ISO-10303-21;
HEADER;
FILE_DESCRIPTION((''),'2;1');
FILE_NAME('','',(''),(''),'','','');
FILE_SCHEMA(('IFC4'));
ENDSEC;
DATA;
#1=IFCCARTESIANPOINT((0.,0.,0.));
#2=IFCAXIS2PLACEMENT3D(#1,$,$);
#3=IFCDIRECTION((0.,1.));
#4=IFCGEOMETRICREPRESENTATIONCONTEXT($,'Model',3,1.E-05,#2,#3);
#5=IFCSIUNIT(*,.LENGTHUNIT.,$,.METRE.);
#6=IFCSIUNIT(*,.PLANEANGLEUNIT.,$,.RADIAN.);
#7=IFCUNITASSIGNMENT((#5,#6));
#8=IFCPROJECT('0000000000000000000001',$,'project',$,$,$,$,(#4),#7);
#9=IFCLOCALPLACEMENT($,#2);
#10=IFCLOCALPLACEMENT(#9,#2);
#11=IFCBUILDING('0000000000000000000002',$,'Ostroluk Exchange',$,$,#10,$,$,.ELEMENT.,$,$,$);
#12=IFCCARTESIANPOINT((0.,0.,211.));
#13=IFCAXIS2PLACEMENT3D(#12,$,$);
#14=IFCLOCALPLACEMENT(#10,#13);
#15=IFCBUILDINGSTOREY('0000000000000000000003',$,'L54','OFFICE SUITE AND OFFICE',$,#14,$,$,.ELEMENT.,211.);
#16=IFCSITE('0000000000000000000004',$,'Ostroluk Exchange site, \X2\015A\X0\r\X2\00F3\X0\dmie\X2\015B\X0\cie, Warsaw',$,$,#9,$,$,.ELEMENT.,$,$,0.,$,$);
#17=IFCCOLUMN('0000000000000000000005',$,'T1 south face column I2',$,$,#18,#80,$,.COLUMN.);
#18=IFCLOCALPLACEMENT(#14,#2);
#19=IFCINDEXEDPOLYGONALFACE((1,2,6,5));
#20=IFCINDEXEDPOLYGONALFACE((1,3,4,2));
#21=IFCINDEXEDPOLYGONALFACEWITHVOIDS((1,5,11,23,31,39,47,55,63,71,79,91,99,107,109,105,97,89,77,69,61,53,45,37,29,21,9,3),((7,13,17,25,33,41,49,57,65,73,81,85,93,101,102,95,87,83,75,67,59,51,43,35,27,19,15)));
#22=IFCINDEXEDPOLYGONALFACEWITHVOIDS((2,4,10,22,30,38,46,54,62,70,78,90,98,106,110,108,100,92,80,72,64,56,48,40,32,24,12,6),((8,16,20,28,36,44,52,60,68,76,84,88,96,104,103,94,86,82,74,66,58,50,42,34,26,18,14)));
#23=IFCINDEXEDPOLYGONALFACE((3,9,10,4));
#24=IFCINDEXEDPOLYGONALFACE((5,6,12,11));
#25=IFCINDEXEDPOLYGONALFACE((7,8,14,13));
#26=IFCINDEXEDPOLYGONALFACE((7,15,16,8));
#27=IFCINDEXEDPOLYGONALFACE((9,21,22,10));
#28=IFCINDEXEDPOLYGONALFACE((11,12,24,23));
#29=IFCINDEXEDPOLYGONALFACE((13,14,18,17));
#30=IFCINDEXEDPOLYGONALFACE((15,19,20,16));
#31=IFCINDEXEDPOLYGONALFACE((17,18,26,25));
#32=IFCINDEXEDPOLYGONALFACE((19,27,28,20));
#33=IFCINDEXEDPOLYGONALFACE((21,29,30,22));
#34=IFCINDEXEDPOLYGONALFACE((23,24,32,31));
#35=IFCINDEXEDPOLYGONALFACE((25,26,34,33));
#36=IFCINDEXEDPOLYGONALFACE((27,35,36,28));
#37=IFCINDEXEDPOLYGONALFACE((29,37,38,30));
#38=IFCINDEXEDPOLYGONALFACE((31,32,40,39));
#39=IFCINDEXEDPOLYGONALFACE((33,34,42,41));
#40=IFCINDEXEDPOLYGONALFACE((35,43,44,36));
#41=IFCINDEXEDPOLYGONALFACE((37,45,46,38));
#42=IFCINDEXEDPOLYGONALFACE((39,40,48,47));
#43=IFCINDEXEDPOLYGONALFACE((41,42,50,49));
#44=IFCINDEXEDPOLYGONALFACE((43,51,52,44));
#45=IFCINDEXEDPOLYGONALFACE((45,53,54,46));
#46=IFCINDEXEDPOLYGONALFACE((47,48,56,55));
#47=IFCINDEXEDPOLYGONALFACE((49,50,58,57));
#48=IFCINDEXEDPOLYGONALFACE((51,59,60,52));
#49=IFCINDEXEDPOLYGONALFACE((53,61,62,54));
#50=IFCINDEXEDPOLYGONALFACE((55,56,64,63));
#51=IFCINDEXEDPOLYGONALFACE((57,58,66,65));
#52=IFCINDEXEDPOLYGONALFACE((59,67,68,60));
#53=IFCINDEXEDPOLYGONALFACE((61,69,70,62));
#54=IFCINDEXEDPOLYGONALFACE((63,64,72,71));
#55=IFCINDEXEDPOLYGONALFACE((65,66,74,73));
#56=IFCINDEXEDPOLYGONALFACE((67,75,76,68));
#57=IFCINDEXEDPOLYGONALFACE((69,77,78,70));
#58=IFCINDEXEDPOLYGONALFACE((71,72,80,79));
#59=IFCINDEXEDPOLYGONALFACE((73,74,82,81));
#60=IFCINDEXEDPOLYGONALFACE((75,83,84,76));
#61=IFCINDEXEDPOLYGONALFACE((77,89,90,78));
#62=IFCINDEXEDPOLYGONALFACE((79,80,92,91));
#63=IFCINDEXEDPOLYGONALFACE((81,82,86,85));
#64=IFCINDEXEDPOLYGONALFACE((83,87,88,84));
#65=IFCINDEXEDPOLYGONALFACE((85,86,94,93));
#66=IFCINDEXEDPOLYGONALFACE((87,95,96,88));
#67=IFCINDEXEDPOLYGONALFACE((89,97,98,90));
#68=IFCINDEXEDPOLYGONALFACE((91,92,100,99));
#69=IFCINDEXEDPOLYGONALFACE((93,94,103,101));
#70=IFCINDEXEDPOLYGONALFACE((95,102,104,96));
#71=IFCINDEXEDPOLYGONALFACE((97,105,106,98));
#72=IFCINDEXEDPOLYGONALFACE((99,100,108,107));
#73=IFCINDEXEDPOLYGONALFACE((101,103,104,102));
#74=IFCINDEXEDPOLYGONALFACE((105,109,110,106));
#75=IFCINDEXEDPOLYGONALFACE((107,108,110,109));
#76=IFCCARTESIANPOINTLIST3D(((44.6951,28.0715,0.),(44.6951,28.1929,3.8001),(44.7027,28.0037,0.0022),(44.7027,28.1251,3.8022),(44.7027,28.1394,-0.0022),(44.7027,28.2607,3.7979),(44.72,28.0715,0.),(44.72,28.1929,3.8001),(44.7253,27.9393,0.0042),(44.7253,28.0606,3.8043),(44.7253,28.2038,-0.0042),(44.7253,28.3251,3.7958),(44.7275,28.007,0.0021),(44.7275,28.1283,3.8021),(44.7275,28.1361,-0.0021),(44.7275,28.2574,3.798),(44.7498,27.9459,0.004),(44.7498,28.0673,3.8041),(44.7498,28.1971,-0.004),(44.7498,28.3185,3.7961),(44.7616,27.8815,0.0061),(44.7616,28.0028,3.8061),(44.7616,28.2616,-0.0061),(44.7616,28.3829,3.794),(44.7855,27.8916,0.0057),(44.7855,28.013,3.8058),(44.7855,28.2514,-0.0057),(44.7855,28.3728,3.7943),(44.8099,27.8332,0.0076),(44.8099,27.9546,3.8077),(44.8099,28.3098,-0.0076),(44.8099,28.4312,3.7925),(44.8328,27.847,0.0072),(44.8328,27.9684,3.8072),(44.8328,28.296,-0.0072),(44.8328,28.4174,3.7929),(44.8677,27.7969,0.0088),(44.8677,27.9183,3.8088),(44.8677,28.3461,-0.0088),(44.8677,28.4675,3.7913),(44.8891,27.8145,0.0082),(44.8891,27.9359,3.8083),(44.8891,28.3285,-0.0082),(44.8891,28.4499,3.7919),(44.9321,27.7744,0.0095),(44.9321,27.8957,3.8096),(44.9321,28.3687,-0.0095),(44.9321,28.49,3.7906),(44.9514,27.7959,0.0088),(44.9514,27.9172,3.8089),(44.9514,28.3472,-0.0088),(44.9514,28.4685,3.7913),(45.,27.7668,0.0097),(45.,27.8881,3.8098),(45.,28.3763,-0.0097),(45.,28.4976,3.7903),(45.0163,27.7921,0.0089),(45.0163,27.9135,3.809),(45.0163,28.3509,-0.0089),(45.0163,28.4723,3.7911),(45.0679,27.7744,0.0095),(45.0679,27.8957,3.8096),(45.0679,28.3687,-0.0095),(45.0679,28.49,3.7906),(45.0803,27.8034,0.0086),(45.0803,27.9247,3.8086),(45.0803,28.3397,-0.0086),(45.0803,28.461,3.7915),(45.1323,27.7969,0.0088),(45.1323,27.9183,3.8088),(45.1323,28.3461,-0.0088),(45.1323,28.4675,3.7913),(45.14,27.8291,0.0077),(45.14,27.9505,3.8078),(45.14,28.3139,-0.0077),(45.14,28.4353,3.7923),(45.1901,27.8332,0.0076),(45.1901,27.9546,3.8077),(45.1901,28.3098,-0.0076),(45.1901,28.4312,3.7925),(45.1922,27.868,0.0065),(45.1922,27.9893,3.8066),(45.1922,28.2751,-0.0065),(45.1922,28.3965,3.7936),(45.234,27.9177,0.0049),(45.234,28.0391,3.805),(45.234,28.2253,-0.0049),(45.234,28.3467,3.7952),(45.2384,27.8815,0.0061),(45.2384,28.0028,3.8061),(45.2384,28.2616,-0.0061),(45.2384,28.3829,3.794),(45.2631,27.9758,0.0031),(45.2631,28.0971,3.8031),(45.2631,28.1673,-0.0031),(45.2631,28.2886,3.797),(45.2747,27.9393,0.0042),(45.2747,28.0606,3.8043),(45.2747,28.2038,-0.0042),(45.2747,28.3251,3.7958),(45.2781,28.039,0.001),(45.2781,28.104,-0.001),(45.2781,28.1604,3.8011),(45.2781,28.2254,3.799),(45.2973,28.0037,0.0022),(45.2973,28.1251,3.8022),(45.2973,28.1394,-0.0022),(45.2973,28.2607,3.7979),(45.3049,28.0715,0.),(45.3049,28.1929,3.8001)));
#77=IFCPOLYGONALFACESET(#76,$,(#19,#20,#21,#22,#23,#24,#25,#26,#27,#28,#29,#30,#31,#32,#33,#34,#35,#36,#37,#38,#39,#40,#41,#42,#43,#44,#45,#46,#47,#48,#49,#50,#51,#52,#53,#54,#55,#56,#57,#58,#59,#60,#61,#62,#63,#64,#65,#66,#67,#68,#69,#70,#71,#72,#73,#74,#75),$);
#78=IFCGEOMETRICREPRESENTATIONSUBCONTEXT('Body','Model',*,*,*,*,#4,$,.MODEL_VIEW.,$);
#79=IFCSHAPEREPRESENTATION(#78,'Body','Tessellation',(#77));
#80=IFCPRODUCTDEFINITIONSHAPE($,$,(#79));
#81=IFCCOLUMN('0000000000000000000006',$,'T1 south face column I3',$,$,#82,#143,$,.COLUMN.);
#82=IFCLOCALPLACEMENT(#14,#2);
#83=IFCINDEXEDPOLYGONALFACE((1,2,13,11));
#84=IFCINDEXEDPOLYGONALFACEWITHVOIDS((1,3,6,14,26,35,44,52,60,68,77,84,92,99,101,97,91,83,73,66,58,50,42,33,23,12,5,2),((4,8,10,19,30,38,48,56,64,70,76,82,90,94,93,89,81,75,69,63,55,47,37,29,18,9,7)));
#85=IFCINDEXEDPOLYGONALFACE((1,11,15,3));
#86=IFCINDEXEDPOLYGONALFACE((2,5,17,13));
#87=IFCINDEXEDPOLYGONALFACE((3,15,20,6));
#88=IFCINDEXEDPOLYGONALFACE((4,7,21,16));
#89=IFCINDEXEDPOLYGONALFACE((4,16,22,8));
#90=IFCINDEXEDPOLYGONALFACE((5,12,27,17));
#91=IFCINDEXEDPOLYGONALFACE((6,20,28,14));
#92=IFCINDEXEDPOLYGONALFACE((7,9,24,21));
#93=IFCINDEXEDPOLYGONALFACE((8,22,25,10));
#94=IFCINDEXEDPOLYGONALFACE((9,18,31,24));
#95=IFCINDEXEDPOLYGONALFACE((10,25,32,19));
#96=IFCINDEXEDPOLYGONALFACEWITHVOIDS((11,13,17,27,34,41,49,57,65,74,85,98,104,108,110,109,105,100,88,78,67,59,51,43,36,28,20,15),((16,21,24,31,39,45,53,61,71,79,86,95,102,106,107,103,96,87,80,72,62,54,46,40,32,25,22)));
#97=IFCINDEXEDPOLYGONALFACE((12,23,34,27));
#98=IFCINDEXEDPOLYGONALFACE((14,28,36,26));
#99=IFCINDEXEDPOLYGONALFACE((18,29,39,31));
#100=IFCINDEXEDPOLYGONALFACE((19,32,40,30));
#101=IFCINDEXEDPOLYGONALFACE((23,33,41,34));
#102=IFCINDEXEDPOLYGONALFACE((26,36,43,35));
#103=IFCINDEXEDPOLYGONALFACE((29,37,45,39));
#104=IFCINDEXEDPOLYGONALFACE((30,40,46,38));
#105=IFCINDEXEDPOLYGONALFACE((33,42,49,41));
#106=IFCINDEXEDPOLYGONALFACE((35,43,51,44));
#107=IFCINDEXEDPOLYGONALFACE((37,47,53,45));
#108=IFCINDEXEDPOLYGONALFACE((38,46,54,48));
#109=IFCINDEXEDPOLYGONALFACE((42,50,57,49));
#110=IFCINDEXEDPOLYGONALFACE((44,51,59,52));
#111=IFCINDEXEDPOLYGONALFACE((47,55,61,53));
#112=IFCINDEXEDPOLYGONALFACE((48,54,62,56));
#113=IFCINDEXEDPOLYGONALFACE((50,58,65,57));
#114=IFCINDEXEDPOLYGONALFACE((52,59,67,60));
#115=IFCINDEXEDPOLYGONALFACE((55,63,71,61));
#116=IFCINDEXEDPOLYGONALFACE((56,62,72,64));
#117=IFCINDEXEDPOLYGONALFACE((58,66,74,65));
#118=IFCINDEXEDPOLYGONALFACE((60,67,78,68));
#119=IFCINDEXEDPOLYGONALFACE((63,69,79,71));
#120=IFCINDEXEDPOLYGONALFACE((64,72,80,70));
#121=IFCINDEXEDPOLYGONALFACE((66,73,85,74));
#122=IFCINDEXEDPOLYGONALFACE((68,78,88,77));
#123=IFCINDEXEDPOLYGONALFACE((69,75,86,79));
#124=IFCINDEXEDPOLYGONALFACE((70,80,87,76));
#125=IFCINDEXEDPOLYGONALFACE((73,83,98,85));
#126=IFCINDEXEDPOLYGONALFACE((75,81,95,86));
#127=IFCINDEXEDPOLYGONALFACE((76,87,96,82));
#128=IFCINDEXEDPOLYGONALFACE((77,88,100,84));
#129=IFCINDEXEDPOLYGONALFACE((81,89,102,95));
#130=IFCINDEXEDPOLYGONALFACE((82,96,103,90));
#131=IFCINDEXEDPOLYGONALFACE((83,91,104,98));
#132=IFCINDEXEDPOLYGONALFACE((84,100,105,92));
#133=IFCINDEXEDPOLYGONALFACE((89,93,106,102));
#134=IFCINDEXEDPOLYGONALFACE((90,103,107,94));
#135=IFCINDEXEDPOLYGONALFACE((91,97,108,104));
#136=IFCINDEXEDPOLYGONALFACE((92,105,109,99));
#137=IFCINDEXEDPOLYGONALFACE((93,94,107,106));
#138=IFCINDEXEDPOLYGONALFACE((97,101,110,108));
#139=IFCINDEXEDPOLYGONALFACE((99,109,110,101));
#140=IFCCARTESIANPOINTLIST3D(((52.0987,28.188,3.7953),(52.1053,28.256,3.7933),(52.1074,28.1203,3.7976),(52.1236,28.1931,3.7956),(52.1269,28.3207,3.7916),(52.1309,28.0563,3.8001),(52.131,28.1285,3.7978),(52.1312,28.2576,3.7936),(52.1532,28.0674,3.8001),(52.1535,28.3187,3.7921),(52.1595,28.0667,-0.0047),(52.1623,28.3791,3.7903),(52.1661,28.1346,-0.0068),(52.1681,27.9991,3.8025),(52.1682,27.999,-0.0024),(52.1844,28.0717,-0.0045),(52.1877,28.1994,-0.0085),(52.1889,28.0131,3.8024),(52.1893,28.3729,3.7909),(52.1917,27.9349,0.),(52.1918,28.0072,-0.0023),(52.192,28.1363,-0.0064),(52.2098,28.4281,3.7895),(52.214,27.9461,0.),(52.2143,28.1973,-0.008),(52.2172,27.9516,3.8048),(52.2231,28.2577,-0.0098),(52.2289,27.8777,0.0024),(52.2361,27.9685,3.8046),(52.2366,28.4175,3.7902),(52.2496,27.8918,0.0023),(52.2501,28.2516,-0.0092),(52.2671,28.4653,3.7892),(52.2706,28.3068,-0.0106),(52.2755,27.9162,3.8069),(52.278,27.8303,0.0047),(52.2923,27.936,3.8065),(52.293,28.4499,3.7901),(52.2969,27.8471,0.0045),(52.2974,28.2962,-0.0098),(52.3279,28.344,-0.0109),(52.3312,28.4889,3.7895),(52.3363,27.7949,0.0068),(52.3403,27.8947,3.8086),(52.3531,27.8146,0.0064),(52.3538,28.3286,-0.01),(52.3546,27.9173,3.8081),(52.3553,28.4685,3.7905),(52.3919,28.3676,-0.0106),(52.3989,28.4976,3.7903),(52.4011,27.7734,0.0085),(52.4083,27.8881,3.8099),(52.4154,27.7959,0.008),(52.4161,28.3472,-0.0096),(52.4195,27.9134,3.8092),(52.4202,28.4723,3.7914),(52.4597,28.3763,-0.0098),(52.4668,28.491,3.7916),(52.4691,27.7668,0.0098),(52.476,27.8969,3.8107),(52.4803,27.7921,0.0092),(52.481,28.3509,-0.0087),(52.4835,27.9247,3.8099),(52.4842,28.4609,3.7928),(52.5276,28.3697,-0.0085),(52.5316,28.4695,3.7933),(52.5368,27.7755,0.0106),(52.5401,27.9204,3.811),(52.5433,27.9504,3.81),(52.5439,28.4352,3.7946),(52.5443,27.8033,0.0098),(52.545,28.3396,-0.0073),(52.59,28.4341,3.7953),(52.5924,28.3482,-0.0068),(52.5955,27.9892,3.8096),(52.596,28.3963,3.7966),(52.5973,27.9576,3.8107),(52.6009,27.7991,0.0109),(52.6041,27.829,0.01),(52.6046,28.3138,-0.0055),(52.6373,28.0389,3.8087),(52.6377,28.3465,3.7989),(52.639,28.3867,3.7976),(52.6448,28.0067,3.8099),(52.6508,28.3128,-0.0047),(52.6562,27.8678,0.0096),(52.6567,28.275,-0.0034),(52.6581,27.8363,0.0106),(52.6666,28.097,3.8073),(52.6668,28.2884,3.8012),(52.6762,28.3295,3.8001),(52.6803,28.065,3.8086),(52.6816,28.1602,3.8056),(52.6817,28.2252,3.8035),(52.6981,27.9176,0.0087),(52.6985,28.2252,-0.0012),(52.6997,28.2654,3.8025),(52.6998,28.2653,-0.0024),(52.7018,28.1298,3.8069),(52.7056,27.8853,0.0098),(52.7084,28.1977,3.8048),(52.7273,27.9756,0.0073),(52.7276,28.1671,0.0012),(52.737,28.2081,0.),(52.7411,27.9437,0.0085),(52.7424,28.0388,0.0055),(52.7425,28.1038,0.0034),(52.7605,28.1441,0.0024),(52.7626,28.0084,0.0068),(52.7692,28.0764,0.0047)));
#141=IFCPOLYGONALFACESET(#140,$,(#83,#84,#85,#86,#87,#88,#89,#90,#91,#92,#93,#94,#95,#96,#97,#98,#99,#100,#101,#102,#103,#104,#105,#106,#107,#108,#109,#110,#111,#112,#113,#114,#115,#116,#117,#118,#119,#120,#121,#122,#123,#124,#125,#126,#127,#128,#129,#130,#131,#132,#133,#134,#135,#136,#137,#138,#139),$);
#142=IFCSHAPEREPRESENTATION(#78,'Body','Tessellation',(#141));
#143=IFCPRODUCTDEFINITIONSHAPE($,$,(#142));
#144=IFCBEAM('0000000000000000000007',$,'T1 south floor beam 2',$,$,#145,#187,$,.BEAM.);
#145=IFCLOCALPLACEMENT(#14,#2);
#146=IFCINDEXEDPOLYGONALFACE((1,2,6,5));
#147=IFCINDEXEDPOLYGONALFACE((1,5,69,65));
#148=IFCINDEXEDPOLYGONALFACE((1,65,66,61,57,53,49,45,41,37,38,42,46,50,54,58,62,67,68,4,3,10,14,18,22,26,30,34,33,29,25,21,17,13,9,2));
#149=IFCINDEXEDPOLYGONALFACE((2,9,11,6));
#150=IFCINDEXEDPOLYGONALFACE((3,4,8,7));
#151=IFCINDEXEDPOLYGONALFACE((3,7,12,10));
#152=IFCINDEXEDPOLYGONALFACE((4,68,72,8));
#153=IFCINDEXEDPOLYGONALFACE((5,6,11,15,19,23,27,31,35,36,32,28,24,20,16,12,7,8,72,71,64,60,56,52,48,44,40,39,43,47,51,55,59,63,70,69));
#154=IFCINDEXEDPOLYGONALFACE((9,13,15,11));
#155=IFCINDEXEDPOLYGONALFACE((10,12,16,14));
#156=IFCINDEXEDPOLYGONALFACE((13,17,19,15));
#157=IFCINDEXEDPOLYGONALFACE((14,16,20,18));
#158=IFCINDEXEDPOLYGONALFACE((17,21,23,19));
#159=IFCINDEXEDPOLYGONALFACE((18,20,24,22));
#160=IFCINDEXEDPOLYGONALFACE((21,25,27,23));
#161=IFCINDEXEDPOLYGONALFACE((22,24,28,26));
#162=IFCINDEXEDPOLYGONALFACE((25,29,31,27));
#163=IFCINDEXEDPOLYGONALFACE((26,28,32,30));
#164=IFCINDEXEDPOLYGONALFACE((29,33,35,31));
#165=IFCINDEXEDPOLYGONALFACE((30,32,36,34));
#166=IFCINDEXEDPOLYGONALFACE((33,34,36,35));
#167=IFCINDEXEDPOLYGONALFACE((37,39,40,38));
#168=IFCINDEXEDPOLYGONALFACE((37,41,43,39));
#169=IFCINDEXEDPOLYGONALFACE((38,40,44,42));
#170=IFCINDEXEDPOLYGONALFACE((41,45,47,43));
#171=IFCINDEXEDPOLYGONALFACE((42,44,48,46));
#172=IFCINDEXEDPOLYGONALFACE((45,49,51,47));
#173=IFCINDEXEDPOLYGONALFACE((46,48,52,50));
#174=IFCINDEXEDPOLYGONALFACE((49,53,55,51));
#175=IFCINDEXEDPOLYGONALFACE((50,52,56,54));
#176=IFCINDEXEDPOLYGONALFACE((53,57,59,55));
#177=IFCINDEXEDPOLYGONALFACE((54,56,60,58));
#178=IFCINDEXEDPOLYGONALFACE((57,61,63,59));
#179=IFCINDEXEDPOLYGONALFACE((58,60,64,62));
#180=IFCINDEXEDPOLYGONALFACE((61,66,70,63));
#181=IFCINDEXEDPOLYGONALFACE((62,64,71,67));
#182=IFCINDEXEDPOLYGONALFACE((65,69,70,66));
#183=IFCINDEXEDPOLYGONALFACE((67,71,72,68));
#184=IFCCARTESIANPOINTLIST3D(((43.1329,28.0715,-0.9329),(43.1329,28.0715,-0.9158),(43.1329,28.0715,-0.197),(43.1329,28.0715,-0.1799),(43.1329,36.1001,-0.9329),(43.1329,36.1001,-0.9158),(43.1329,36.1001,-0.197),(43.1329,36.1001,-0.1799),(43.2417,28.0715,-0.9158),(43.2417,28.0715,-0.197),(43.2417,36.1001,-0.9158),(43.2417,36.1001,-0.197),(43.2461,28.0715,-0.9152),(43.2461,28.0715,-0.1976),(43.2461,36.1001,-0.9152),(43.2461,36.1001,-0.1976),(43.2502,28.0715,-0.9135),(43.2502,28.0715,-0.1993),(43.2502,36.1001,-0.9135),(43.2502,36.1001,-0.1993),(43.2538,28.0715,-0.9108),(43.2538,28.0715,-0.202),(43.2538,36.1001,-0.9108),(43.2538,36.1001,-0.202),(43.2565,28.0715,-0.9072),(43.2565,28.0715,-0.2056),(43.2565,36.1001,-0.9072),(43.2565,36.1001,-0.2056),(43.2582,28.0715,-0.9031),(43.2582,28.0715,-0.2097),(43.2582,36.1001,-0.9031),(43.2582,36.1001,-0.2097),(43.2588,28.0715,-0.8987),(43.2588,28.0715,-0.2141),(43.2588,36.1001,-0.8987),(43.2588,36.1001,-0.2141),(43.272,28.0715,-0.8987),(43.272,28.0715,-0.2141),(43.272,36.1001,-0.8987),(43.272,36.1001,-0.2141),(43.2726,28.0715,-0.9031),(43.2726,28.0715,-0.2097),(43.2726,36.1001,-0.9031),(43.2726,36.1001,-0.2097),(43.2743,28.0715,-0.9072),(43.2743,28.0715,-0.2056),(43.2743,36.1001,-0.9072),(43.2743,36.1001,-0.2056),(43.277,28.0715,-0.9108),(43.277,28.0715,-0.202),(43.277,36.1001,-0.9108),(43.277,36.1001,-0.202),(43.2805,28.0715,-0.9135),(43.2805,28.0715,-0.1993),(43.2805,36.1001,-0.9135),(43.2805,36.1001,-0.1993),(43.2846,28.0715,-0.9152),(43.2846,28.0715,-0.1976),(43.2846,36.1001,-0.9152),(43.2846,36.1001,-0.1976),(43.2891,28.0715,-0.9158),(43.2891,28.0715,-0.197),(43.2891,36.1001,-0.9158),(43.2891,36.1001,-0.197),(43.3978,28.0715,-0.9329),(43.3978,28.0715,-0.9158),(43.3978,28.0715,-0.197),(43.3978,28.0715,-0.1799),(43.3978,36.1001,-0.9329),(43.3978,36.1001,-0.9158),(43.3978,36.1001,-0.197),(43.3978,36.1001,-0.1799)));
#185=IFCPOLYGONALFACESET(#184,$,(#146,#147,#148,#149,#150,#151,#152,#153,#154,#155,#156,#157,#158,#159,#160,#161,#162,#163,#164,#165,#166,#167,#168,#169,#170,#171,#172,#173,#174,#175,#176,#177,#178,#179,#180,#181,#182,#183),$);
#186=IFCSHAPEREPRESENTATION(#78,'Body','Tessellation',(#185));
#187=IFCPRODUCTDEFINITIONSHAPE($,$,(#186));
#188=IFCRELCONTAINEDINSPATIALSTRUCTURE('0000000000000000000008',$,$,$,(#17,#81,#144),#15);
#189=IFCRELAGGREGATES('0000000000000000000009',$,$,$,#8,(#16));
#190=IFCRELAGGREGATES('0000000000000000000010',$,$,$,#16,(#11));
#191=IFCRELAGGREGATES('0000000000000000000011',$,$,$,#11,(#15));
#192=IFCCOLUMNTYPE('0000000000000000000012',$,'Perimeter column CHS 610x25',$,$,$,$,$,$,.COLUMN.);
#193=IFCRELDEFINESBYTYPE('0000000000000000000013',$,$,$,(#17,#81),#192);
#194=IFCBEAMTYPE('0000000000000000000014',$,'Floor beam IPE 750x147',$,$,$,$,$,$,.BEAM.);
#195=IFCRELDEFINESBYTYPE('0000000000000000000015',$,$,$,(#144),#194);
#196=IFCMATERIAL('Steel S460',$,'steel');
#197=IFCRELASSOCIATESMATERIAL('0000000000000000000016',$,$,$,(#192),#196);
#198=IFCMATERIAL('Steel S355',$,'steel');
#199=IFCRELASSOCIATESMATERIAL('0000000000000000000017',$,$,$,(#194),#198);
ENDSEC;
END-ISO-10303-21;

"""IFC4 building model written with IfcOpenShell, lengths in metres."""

from ifc_helpers import new_model, si_unit, direction, frame, origin, origin_2d, place, context, subcontext, project, spatial, hollow_circle, i_section, extrude, material, material_profile, profile_set, type_object, element, save


model = new_model("IFC4")

# Units and contexts
model_context = context("Model", 3, precision=1e-05, world=origin(), true_north=direction((0.0, 1.0)))
body_context = subcontext(model_context, "Body", "Model", "MODEL_VIEW")
ifc_project = project(units=[si_unit("LENGTHUNIT", "METRE"), si_unit("PLANEANGLEUNIT", "RADIAN")], contexts=[model_context])

# Site, building, storey
site_placement = place(None, origin())
site = spatial("IfcSite", under=ifc_project, at=site_placement, Name="Ostroluk Exchange site, Śródmieście, Warsaw", CompositionType="ELEMENT", RefElevation=0.0)
building_placement = place(site_placement, origin())
building = spatial("IfcBuilding", under=site, at=building_placement, Name="Ostroluk Exchange", CompositionType="ELEMENT")
storey_placement = place(building_placement, frame((0.0, 0.0, 211.0)))
storey = spatial("IfcBuildingStorey", under=building, at=storey_placement, Name="L54", Description="OFFICE SUITE AND OFFICE", CompositionType="ELEMENT", Elevation=211.0)

# Columns
ifc_material_1 = material(Name="Steel S460", Category="steel")
ifc_material_profile_1 = material_profile(ifc_material_1, hollow_circle(Radius=0.3049, WallThickness=0.0249, at=origin_2d()), Name="CHS 610x25")
ifc_profile_set_1 = profile_set([ifc_material_profile_1], Name="Steel S460")
column_type = type_object("IfcColumnType", Name="Perimeter column CHS 610x25", PredefinedType="COLUMN", material=ifc_profile_set_1)
column_1_placement = place(storey_placement, frame((45.0, 28.0715, 0.0), z_axis=(0.0, 0.031914, 0.999491), x_axis=(-1.0, 0.0, 0.0)))
element("IfcColumn", 1, at=column_1_placement, inside=storey, type_object=column_type, Name="T1 south face column I2", PredefinedType="COLUMN", context=body_context, shape_type="SweptSolid", body=[
    extrude(hollow_circle(Radius=0.3049, WallThickness=0.0249, at=origin_2d()), origin(), (0.0, 0.0, 1.0), 3.802),
])
column_2_placement = place(storey_placement, frame((52.4644, 28.0715, 0.0), z_axis=(-0.015987, 0.03191, 0.999363), x_axis=(-0.894067, -0.447933, 0.0)))
element("IfcColumn", 2, at=column_2_placement, inside=storey, type_object=column_type, Name="T1 south face column I3", PredefinedType="COLUMN", context=body_context, shape_type="SweptSolid", body=[
    extrude(hollow_circle(Radius=0.3049, WallThickness=0.0249, at=origin_2d()), origin(), (0.0, 0.0, 1.0), 3.8025),
])

# Beam
ifc_material_2 = material(Name="Steel S355", Category="steel")
ifc_material_profile_2 = material_profile(ifc_material_2, i_section(OverallWidth=0.2649, OverallDepth=0.7529, WebThickness=0.0132, FlangeThickness=0.0171, FilletRadius=0.0171, at=origin_2d()), Name="IPE 750x147")
ifc_profile_set_2 = profile_set([ifc_material_profile_2], Name="Steel S355")
beam_type_1 = type_object("IfcBeamType", Name="Floor beam IPE 750x147", PredefinedType="BEAM", material=ifc_profile_set_2)
beam_1_placement = place(storey_placement, frame((43.2654, 36.1001, -0.5564), z_axis=(0.0, -1.0, 0.0), x_axis=(1.0, 0.0, 0.0)))
element("IfcBeam", 3, at=beam_1_placement, inside=storey, type_object=beam_type_1, Name="T1 south floor beam 2", PredefinedType="BEAM", context=body_context, shape_type="SweptSolid", body=[
    extrude(i_section(OverallWidth=0.2649, OverallDepth=0.7529, WebThickness=0.0132, FlangeThickness=0.0171, FilletRadius=0.0171, at=origin_2d()), origin(), (0.0, 0.0, 1.0), 8.0286),
])

save(model, "model.ifc")
